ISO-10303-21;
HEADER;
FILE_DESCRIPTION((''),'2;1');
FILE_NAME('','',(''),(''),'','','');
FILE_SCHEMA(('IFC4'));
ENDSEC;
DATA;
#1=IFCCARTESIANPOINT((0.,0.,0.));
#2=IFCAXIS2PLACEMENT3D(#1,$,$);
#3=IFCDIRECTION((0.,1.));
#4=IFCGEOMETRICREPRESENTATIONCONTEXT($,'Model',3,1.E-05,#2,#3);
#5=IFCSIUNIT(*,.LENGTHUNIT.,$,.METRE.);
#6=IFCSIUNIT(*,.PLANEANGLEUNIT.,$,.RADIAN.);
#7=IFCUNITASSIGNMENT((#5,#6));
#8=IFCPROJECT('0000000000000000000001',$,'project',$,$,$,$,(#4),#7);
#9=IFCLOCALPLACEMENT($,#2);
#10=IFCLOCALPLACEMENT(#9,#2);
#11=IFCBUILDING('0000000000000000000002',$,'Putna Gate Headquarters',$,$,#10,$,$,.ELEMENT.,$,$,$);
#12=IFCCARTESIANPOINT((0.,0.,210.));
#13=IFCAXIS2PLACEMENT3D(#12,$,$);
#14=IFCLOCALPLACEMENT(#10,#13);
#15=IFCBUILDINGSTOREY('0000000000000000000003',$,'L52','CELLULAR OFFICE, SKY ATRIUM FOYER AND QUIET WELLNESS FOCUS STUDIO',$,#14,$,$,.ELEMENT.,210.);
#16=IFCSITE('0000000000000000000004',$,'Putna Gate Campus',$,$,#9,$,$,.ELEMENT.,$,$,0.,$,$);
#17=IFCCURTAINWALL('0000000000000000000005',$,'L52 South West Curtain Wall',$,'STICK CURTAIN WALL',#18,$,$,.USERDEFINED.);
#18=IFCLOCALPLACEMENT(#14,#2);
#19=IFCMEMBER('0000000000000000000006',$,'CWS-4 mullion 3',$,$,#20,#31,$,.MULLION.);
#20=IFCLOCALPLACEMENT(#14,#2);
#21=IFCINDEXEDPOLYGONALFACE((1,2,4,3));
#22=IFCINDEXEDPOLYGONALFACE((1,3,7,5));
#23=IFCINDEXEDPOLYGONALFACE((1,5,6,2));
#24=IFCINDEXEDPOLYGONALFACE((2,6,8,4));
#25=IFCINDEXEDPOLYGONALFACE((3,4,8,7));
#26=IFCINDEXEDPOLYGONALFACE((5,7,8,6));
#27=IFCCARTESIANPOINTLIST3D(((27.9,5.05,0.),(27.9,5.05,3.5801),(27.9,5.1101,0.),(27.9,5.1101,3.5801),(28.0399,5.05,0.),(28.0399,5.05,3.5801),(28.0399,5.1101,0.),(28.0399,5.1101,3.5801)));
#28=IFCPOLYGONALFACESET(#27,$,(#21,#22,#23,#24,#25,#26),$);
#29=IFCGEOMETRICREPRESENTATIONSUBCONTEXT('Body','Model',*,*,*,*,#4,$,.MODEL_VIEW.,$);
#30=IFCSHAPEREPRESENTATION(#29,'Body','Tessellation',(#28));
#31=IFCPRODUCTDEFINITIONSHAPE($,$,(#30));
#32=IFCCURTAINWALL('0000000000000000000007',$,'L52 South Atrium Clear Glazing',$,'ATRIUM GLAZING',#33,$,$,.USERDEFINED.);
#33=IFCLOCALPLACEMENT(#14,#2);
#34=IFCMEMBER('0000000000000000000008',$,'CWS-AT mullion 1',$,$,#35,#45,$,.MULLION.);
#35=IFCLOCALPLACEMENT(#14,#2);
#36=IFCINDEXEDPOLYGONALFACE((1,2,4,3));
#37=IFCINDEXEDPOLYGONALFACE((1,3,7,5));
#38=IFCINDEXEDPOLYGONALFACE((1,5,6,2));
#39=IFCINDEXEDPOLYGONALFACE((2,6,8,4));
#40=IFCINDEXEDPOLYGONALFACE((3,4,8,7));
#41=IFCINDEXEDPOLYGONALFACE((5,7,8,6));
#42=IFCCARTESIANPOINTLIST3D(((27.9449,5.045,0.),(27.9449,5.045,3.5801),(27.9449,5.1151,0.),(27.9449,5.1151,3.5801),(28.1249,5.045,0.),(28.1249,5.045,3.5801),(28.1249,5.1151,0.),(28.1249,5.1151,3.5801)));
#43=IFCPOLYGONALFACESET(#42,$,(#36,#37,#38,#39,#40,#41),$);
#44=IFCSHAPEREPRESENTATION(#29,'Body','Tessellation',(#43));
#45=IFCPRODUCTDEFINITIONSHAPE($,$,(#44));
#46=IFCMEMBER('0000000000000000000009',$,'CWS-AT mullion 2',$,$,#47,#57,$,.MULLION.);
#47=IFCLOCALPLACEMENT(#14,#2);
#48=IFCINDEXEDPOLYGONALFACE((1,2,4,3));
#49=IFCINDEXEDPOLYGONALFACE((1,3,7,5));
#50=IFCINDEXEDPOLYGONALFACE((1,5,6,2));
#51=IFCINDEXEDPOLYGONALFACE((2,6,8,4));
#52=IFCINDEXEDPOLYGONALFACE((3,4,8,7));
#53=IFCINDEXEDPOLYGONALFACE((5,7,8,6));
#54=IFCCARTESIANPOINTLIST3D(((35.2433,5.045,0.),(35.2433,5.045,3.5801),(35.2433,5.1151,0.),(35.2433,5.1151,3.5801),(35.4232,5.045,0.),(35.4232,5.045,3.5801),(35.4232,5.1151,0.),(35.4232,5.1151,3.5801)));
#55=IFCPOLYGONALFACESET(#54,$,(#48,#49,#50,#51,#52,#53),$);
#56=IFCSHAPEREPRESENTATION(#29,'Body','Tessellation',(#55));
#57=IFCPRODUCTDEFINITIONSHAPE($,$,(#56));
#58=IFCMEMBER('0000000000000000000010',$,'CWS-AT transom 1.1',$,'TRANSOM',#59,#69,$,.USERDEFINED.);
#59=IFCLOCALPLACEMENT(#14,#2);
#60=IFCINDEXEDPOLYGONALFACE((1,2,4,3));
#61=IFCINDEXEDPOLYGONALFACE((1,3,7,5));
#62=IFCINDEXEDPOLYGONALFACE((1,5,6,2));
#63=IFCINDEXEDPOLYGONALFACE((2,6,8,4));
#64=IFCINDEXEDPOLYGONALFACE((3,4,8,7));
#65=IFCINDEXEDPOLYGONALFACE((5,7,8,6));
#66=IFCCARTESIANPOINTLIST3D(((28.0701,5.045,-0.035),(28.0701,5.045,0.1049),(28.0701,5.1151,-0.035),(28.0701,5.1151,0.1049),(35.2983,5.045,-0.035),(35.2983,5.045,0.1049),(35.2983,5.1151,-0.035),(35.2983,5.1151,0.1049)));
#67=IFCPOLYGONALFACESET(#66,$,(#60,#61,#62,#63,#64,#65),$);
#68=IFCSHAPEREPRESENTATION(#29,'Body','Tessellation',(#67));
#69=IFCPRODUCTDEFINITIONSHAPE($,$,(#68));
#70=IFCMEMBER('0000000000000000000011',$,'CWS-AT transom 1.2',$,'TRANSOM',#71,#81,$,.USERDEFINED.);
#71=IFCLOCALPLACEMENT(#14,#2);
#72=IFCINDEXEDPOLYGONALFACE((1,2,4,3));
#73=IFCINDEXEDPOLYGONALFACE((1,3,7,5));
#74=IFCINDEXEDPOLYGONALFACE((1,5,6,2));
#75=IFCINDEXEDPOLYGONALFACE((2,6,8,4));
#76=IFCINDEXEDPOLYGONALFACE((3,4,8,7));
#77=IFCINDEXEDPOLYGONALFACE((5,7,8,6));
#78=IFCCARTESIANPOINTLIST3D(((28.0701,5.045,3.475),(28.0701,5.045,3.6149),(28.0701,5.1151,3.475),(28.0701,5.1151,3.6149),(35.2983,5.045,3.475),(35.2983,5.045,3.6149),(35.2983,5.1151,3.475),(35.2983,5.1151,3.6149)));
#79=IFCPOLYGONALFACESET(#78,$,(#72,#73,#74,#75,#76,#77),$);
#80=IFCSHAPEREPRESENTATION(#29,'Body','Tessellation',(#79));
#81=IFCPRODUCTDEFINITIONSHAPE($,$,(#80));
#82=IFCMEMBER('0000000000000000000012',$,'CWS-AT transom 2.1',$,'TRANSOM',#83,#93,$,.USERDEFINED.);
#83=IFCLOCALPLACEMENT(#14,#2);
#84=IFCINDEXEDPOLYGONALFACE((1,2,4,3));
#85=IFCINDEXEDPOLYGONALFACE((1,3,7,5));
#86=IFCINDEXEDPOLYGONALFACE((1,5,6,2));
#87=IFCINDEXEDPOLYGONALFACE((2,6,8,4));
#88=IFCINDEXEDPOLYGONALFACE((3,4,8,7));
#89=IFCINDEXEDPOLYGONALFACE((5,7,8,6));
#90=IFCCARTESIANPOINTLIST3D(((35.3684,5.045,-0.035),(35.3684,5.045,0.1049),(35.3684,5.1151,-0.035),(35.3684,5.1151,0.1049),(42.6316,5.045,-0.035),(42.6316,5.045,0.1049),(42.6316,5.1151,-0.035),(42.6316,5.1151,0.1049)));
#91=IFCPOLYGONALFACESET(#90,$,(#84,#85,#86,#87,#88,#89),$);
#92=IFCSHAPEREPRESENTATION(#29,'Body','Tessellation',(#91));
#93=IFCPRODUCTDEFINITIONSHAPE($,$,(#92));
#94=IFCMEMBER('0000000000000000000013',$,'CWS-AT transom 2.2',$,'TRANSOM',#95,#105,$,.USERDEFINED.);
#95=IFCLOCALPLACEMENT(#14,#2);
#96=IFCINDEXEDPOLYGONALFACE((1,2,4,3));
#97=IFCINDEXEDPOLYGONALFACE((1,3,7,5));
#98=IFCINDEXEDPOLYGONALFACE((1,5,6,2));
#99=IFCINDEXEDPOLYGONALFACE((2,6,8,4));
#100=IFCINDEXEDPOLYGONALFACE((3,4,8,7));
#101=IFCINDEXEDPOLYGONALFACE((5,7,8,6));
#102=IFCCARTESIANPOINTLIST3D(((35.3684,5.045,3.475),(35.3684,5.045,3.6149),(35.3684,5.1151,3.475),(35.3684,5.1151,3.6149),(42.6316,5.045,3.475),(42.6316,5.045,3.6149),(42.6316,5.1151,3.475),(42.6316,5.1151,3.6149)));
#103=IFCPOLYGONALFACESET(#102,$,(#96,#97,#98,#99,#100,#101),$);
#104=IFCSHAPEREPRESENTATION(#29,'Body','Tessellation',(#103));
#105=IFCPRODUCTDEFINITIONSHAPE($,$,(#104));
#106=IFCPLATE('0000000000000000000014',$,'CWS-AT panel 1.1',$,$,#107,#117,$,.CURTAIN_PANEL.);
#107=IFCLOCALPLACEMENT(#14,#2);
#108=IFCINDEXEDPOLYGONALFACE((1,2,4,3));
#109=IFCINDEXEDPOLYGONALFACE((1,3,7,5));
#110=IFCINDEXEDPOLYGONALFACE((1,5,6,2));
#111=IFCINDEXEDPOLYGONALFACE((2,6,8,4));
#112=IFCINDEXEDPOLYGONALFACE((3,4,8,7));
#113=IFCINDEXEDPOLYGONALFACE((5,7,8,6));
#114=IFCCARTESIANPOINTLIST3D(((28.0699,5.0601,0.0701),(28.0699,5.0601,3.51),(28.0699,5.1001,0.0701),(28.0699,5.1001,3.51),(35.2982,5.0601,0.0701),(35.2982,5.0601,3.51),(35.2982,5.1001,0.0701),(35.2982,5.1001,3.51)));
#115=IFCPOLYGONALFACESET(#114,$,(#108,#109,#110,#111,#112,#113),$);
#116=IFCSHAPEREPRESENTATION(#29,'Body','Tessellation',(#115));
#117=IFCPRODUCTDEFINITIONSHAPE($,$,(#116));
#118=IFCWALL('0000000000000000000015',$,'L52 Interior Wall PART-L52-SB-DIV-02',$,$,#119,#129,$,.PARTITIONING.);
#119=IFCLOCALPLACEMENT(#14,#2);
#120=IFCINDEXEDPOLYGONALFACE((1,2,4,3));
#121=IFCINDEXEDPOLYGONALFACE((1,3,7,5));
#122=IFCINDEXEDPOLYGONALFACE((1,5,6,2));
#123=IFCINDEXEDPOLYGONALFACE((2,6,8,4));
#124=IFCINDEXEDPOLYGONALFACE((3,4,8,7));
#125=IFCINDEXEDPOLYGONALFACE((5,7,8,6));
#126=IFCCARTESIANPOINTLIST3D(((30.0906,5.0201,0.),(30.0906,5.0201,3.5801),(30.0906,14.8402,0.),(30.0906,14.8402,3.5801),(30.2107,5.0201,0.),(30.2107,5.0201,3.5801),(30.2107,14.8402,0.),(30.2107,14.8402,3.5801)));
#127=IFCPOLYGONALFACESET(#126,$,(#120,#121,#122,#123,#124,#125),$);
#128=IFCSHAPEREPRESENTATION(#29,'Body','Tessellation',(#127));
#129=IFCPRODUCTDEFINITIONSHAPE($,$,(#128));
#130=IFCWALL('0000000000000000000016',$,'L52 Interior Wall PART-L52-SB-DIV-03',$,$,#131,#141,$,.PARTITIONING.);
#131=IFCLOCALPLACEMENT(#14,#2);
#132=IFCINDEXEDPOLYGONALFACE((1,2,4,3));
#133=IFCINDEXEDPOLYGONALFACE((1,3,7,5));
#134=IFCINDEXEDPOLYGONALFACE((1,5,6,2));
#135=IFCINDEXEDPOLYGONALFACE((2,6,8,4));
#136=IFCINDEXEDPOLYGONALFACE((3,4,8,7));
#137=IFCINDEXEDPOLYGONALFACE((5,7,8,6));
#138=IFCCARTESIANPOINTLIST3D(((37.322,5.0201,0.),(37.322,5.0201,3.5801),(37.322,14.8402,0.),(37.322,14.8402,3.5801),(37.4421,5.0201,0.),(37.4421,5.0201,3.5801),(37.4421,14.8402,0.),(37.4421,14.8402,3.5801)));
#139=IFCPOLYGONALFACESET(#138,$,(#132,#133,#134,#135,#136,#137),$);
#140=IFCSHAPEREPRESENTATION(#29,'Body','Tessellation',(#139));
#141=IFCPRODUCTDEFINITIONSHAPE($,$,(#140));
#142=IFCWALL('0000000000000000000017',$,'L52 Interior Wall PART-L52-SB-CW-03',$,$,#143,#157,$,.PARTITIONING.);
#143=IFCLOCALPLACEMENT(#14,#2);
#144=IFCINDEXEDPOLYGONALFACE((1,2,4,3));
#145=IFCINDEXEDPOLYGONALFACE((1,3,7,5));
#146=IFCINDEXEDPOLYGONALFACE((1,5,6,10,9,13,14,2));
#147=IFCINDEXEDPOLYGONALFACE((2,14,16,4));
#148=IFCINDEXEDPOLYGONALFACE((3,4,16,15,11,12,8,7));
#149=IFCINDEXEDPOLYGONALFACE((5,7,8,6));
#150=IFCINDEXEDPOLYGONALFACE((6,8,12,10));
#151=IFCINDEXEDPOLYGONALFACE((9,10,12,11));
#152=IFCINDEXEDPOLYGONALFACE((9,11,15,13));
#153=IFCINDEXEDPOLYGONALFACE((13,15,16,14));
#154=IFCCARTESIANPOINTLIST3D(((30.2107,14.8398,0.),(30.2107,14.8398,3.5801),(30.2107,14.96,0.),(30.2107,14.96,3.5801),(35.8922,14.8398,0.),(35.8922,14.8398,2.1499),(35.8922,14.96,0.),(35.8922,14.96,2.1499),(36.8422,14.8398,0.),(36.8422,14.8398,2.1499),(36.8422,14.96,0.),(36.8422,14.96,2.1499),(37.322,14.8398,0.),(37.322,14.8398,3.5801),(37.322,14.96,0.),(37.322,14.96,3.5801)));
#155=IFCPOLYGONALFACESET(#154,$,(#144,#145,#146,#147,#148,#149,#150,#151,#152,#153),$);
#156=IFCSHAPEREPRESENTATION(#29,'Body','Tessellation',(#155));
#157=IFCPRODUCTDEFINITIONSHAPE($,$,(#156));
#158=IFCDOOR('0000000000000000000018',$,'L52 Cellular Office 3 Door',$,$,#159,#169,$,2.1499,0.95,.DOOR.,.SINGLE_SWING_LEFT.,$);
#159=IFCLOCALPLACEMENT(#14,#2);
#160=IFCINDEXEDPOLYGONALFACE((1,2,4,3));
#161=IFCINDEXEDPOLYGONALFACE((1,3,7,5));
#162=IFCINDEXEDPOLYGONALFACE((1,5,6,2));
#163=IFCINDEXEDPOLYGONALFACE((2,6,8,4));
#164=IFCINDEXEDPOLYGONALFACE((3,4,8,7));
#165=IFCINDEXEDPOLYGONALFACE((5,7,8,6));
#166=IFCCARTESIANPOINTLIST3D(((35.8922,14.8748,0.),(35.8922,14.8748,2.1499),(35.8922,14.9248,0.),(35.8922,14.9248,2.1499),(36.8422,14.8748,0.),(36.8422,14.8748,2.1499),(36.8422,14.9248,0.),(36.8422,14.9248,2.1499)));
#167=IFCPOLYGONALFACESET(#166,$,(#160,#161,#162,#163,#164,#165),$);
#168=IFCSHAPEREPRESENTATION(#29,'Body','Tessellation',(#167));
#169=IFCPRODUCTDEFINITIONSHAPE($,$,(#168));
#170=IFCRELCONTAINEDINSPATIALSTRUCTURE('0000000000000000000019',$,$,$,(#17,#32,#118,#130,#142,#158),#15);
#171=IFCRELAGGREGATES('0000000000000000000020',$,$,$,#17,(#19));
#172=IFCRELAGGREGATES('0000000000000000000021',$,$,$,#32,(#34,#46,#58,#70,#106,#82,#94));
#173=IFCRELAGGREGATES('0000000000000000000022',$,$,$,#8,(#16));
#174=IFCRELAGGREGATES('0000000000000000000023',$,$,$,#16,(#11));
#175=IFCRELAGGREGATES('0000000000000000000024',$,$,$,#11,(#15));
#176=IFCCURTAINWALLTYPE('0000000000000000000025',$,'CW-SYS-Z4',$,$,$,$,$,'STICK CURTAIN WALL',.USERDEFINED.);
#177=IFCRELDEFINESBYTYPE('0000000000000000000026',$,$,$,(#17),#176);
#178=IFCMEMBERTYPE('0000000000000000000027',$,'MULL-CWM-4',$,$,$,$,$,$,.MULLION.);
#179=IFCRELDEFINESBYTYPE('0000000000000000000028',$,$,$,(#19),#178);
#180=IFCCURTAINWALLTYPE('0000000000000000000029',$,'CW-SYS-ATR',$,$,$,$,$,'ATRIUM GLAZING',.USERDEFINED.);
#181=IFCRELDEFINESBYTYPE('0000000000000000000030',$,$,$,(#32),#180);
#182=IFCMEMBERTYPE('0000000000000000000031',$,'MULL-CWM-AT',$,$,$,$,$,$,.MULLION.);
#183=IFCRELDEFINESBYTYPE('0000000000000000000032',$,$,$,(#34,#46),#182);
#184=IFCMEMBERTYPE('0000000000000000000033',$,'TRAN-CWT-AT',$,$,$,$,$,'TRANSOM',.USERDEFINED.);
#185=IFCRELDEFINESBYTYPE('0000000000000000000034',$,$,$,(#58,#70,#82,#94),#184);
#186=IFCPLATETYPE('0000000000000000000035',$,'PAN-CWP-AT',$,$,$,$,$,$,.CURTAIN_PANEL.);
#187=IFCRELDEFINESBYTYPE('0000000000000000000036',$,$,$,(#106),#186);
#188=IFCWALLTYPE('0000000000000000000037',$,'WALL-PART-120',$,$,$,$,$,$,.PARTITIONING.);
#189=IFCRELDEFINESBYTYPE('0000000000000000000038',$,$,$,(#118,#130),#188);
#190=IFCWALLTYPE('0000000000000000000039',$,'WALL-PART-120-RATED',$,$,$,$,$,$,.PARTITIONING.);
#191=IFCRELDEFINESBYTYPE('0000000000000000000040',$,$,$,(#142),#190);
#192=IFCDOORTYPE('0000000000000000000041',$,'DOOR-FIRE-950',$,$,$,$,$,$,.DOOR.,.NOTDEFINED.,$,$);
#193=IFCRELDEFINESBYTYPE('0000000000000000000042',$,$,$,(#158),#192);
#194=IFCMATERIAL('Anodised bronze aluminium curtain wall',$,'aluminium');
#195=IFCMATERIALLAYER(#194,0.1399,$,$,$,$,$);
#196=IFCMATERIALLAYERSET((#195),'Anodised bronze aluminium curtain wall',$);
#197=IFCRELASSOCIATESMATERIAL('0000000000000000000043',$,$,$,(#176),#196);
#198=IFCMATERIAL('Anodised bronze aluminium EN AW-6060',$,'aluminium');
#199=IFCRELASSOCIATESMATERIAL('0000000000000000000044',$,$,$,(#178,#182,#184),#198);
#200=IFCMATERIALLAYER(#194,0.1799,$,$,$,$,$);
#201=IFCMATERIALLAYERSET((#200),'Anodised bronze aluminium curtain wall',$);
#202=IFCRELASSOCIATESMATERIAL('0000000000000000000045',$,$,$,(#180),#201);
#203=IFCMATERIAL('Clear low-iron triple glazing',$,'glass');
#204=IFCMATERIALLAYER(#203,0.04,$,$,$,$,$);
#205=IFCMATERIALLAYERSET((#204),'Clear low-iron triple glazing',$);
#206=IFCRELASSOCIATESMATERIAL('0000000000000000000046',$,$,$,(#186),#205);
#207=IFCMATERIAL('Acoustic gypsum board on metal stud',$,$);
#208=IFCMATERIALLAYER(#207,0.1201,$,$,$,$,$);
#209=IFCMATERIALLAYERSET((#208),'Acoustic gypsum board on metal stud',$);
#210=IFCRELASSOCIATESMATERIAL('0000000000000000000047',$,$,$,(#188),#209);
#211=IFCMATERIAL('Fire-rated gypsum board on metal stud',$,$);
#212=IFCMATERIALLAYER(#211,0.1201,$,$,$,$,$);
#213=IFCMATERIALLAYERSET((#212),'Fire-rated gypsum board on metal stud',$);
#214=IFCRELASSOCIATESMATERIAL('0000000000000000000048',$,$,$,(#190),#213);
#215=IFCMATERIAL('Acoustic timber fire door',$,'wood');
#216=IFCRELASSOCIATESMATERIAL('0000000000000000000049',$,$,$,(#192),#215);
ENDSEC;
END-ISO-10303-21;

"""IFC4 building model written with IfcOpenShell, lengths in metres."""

from ifc_helpers import new_model, si_unit, direction, frame, frame_2d, origin, origin_2d, place, context, subcontext, project, spatial, rectangle, extrude, material, layer, layer_set, material_profile, profile_set, type_object, element, fill, aggregate, save


model = new_model("IFC4")

# Units and contexts
model_context = context("Model", 3, precision=1e-05, world=origin(), true_north=direction((0.0, 1.0)))
body_context = subcontext(model_context, "Body", "Model", "MODEL_VIEW")
ifc_project = project(units=[si_unit("LENGTHUNIT", "METRE"), si_unit("PLANEANGLEUNIT", "RADIAN")], contexts=[model_context])

# Site, building, storey
site_placement = place(None, origin())
site = spatial("IfcSite", under=ifc_project, at=site_placement, Name="Putna Gate Campus", CompositionType="ELEMENT", RefElevation=0.0)
building_placement = place(site_placement, origin())
building = spatial("IfcBuilding", under=site, at=building_placement, Name="Putna Gate Headquarters", CompositionType="ELEMENT")
storey_placement = place(building_placement, frame((0.0, 0.0, 210.0)))
storey = spatial("IfcBuildingStorey", under=building, at=storey_placement, Name="L52", Description="CELLULAR OFFICE, SKY ATRIUM FOYER AND QUIET WELLNESS FOCUS STUDIO", CompositionType="ELEMENT", Elevation=210.0)

# Curtain wall, member
ifc_material_1 = material(Name="Anodised bronze aluminium curtain wall", Category="aluminium")
ifc_layer_1 = layer(ifc_material_1, 0.1399)
ifc_layer_set_1 = layer_set([ifc_layer_1], Name="Anodised bronze aluminium curtain wall")
curtain_wall_type_1 = type_object("IfcCurtainWallType", Name="CW-SYS-Z4", ElementType="STICK CURTAIN WALL", PredefinedType="USERDEFINED", material=ifc_layer_set_1)
curtain_wall_1_placement = place(storey_placement, origin())
curtain_wall_1 = element("IfcCurtainWall", 1, at=curtain_wall_1_placement, inside=storey, type_object=curtain_wall_type_1, Name="L52 South West Curtain Wall", ObjectType="STICK CURTAIN WALL", PredefinedType="USERDEFINED")
ifc_material_2 = material(Name="Anodised bronze aluminium EN AW-6060", Category="aluminium")
ifc_material_profile_1 = material_profile(ifc_material_2, rectangle(XDim=0.0601, YDim=0.1399, at=origin_2d()), Name="Anodised bronze aluminium EN AW-6060")
ifc_profile_set_1 = profile_set([ifc_material_profile_1], Name="Anodised bronze aluminium EN AW-6060")
member_type_1 = type_object("IfcMemberType", Name="MULL-CWM-4", PredefinedType="MULLION", material=ifc_profile_set_1)
member_1_placement = place(storey_placement, frame((27.97, 5.0801, 0.0), z_axis=(0.0, 0.0, 1.0), x_axis=(0.0, 1.0, 0.0)))
member_1 = element("IfcMember", 2, at=member_1_placement, type_object=member_type_1, Name="CWS-4 mullion 3", PredefinedType="MULLION", context=body_context, shape_type="SweptSolid", body=[
    extrude(rectangle(XDim=0.0601, YDim=0.1399, at=origin_2d()), origin(), (0.0, 0.0, 1.0), 3.5801),
])
aggregate(curtain_wall_1, [member_1])

# Curtain wall, members, plate
ifc_layer_2 = layer(ifc_material_1, 0.1799)
ifc_layer_set_2 = layer_set([ifc_layer_2], Name="Anodised bronze aluminium curtain wall")
curtain_wall_type_2 = type_object("IfcCurtainWallType", Name="CW-SYS-ATR", ElementType="ATRIUM GLAZING", PredefinedType="USERDEFINED", material=ifc_layer_set_2)
curtain_wall_2_placement = place(storey_placement, origin())
curtain_wall_2 = element("IfcCurtainWall", 3, at=curtain_wall_2_placement, inside=storey, type_object=curtain_wall_type_2, Name="L52 South Atrium Clear Glazing", ObjectType="ATRIUM GLAZING", PredefinedType="USERDEFINED")
ifc_material_profile_2 = material_profile(ifc_material_2, rectangle(XDim=0.0701, YDim=0.1799, at=origin_2d()), Name="Anodised bronze aluminium EN AW-6060")
ifc_profile_set_2 = profile_set([ifc_material_profile_2], Name="Anodised bronze aluminium EN AW-6060")
member_type_2 = type_object("IfcMemberType", Name="MULL-CWM-AT", PredefinedType="MULLION", material=ifc_profile_set_2)
member_2_placement = place(storey_placement, frame((28.0349, 5.0801, 0.0), z_axis=(0.0, 0.0, 1.0), x_axis=(0.0, 1.0, 0.0)))
member_2 = element("IfcMember", 4, at=member_2_placement, type_object=member_type_2, Name="CWS-AT mullion 1", PredefinedType="MULLION", context=body_context, shape_type="SweptSolid", body=[
    extrude(rectangle(XDim=0.0701, YDim=0.1799, at=origin_2d()), origin(), (0.0, 0.0, 1.0), 3.5801),
])
member_3_placement = place(storey_placement, frame((35.3333, 5.0801, 0.0), z_axis=(0.0, 0.0, 1.0), x_axis=(0.0, 1.0, 0.0)))
member_3 = element("IfcMember", 5, at=member_3_placement, type_object=member_type_2, Name="CWS-AT mullion 2", PredefinedType="MULLION", context=body_context, shape_type="SweptSolid", body=[
    extrude(rectangle(XDim=0.0701, YDim=0.1799, at=origin_2d()), origin(), (0.0, 0.0, 1.0), 3.5801),
])
ifc_material_profile_3 = material_profile(ifc_material_2, rectangle(XDim=0.0701, YDim=0.1399, at=origin_2d()), Name="Anodised bronze aluminium EN AW-6060")
ifc_profile_set_3 = profile_set([ifc_material_profile_3], Name="Anodised bronze aluminium EN AW-6060")
member_type_3 = type_object("IfcMemberType", Name="TRAN-CWT-AT", ElementType="TRANSOM", PredefinedType="USERDEFINED", material=ifc_profile_set_3)
member_4_placement = place(storey_placement, frame((28.0701, 5.0801, 0.0349), z_axis=(1.0, 0.0, 0.0), x_axis=(0.0, 1.0, 0.0)))
member_4 = element("IfcMember", 6, at=member_4_placement, type_object=member_type_3, Name="CWS-AT transom 1.1", ObjectType="TRANSOM", PredefinedType="USERDEFINED", context=body_context, shape_type="SweptSolid", body=[
    extrude(rectangle(XDim=0.0701, YDim=0.1399, at=origin_2d()), origin(), (0.0, 0.0, 1.0), 7.2283),
])
member_5_placement = place(storey_placement, frame((28.0701, 5.0801, 3.5449), z_axis=(1.0, 0.0, 0.0), x_axis=(0.0, 1.0, 0.0)))
member_5 = element("IfcMember", 7, at=member_5_placement, type_object=member_type_3, Name="CWS-AT transom 1.2", ObjectType="TRANSOM", PredefinedType="USERDEFINED", context=body_context, shape_type="SweptSolid", body=[
    extrude(rectangle(XDim=0.0701, YDim=0.1399, at=origin_2d()), origin(), (0.0, 0.0, 1.0), 7.2283),
])
member_6_placement = place(storey_placement, frame((35.3684, 5.0801, 0.0349), z_axis=(1.0, 0.0, 0.0), x_axis=(0.0, 1.0, 0.0)))
member_6 = element("IfcMember", 8, at=member_6_placement, type_object=member_type_3, Name="CWS-AT transom 2.1", ObjectType="TRANSOM", PredefinedType="USERDEFINED", context=body_context, shape_type="SweptSolid", body=[
    extrude(rectangle(XDim=0.0701, YDim=0.1399, at=origin_2d()), origin(), (0.0, 0.0, 1.0), 7.2632),
])
member_7_placement = place(storey_placement, frame((35.3684, 5.0801, 3.5449), z_axis=(1.0, 0.0, 0.0), x_axis=(0.0, 1.0, 0.0)))
member_7 = element("IfcMember", 9, at=member_7_placement, type_object=member_type_3, Name="CWS-AT transom 2.2", ObjectType="TRANSOM", PredefinedType="USERDEFINED", context=body_context, shape_type="SweptSolid", body=[
    extrude(rectangle(XDim=0.0701, YDim=0.1399, at=origin_2d()), origin(), (0.0, 0.0, 1.0), 7.2632),
])
ifc_material_3 = material(Name="Clear low-iron triple glazing", Category="glass")
ifc_layer_3 = layer(ifc_material_3, 0.04)
ifc_layer_set_3 = layer_set([ifc_layer_3], Name="Clear low-iron triple glazing")
plate_type = type_object("IfcPlateType", Name="PAN-CWP-AT", PredefinedType="CURTAIN_PANEL", material=ifc_layer_set_3)
plate_placement = place(storey_placement, frame((31.6841, 5.0801, 0.0701), z_axis=(0.0, 0.0, 1.0), x_axis=(1.0, 0.0, 0.0)))
plate = element("IfcPlate", 10, at=plate_placement, type_object=plate_type, Name="CWS-AT panel 1.1", PredefinedType="CURTAIN_PANEL", context=body_context, shape_type="SweptSolid", body=[
    extrude(rectangle(XDim=7.2283, YDim=0.04, at=origin_2d()), origin(), (0.0, 0.0, 1.0), 3.4399),
])
aggregate(curtain_wall_2, [member_2, member_3, member_4, member_5, plate, member_6, member_7])

# Walls
ifc_material_4 = material(Name="Acoustic gypsum board on metal stud")
ifc_layer_4 = layer(ifc_material_4, 0.1201)
ifc_layer_set_4 = layer_set([ifc_layer_4], Name="Acoustic gypsum board on metal stud")
wall_type_1 = type_object("IfcWallType", Name="WALL-PART-120", PredefinedType="PARTITIONING", material=ifc_layer_set_4)
for number, where, z_axis, x_axis, name in (
    (11, (30.1506, 5.02, 0.0), (0.0, 0.0, 1.0), (0.0, 1.0, 0.0), "L52 Interior Wall PART-L52-SB-DIV-02"),
    (12, (37.3821, 5.02, 0.0), (0.0, 0.0, 1.0), (0.0, 1.0, 0.0), "L52 Interior Wall PART-L52-SB-DIV-03"),
):
    element("IfcWall", number, at=place(storey_placement, frame(where, z_axis=z_axis, x_axis=x_axis)), inside=storey, type_object=wall_type_1, Name=name, PredefinedType="PARTITIONING", context=body_context, shape_type="SweptSolid", body=[
        extrude(rectangle(XDim=9.8201, YDim=0.1201, at=frame_2d((4.9102, 0.0))), origin(), (0.0, 0.0, 1.0), 3.5801),
    ])

# Wall, opening, door
ifc_material_5 = material(Name="Fire-rated gypsum board on metal stud")
ifc_layer_5 = layer(ifc_material_5, 0.1201)
ifc_layer_set_5 = layer_set([ifc_layer_5], Name="Fire-rated gypsum board on metal stud")
wall_type_2 = type_object("IfcWallType", Name="WALL-PART-120-RATED", PredefinedType="PARTITIONING", material=ifc_layer_set_5)
wall_1_placement = place(storey_placement, frame((30.2107, 14.8999, 0.0), z_axis=(0.0, 0.0, 1.0), x_axis=(1.0, 0.0, 0.0)))
wall_1 = element("IfcWall", 13, at=wall_1_placement, inside=storey, type_object=wall_type_2, Name="L52 Interior Wall PART-L52-SB-CW-03", PredefinedType="PARTITIONING", context=body_context, shape_type="SweptSolid", body=[
    extrude(rectangle(XDim=7.1113, YDim=0.1201, at=frame_2d((3.5557, 0.0))), origin(), (0.0, 0.0, 1.0), 3.5801),
])
opening_1_placement = place(wall_1_placement, frame((5.6814, 0.0, 0.0)))
opening_1 = element("IfcOpeningElement", 14, at=opening_1_placement, cuts=wall_1, PredefinedType="OPENING", context=body_context, shape_type="SweptSolid", body=[
    extrude(rectangle(XDim=0.95, YDim=2.1499, at=frame_2d((0.4751, 1.075))), frame((0.0, 0.0701, 0.0), z_axis=(0.0, -1.0, 0.0), x_axis=(1.0, 0.0, 0.0)), (0.0, 0.0, 1.0), 0.1401),
])
ifc_material_6 = material(Name="Acoustic timber fire door", Category="wood")
door_type = type_object("IfcDoorType", Name="DOOR-FIRE-950", OperationType="NOTDEFINED", PredefinedType="DOOR", material=ifc_material_6)
door_1_placement = place(opening_1_placement, origin())
door_1 = element("IfcDoor", 15, at=door_1_placement, inside=storey, type_object=door_type, Name="L52 Cellular Office 3 Door", OperationType="SINGLE_SWING_LEFT", OverallHeight=2.1499, OverallWidth=0.95, PredefinedType="DOOR", context=body_context, shape_type="SweptSolid", body=[
    extrude(rectangle(XDim=0.95, YDim=2.1499, at=frame_2d((0.4751, 1.075))), frame((0.0, 0.0249, 0.0), z_axis=(0.0, -1.0, 0.0), x_axis=(1.0, 0.0, 0.0)), (0.0, 0.0, 1.0), 0.05),
])
fill(opening_1, door_1)

save(model, "model.ifc")
